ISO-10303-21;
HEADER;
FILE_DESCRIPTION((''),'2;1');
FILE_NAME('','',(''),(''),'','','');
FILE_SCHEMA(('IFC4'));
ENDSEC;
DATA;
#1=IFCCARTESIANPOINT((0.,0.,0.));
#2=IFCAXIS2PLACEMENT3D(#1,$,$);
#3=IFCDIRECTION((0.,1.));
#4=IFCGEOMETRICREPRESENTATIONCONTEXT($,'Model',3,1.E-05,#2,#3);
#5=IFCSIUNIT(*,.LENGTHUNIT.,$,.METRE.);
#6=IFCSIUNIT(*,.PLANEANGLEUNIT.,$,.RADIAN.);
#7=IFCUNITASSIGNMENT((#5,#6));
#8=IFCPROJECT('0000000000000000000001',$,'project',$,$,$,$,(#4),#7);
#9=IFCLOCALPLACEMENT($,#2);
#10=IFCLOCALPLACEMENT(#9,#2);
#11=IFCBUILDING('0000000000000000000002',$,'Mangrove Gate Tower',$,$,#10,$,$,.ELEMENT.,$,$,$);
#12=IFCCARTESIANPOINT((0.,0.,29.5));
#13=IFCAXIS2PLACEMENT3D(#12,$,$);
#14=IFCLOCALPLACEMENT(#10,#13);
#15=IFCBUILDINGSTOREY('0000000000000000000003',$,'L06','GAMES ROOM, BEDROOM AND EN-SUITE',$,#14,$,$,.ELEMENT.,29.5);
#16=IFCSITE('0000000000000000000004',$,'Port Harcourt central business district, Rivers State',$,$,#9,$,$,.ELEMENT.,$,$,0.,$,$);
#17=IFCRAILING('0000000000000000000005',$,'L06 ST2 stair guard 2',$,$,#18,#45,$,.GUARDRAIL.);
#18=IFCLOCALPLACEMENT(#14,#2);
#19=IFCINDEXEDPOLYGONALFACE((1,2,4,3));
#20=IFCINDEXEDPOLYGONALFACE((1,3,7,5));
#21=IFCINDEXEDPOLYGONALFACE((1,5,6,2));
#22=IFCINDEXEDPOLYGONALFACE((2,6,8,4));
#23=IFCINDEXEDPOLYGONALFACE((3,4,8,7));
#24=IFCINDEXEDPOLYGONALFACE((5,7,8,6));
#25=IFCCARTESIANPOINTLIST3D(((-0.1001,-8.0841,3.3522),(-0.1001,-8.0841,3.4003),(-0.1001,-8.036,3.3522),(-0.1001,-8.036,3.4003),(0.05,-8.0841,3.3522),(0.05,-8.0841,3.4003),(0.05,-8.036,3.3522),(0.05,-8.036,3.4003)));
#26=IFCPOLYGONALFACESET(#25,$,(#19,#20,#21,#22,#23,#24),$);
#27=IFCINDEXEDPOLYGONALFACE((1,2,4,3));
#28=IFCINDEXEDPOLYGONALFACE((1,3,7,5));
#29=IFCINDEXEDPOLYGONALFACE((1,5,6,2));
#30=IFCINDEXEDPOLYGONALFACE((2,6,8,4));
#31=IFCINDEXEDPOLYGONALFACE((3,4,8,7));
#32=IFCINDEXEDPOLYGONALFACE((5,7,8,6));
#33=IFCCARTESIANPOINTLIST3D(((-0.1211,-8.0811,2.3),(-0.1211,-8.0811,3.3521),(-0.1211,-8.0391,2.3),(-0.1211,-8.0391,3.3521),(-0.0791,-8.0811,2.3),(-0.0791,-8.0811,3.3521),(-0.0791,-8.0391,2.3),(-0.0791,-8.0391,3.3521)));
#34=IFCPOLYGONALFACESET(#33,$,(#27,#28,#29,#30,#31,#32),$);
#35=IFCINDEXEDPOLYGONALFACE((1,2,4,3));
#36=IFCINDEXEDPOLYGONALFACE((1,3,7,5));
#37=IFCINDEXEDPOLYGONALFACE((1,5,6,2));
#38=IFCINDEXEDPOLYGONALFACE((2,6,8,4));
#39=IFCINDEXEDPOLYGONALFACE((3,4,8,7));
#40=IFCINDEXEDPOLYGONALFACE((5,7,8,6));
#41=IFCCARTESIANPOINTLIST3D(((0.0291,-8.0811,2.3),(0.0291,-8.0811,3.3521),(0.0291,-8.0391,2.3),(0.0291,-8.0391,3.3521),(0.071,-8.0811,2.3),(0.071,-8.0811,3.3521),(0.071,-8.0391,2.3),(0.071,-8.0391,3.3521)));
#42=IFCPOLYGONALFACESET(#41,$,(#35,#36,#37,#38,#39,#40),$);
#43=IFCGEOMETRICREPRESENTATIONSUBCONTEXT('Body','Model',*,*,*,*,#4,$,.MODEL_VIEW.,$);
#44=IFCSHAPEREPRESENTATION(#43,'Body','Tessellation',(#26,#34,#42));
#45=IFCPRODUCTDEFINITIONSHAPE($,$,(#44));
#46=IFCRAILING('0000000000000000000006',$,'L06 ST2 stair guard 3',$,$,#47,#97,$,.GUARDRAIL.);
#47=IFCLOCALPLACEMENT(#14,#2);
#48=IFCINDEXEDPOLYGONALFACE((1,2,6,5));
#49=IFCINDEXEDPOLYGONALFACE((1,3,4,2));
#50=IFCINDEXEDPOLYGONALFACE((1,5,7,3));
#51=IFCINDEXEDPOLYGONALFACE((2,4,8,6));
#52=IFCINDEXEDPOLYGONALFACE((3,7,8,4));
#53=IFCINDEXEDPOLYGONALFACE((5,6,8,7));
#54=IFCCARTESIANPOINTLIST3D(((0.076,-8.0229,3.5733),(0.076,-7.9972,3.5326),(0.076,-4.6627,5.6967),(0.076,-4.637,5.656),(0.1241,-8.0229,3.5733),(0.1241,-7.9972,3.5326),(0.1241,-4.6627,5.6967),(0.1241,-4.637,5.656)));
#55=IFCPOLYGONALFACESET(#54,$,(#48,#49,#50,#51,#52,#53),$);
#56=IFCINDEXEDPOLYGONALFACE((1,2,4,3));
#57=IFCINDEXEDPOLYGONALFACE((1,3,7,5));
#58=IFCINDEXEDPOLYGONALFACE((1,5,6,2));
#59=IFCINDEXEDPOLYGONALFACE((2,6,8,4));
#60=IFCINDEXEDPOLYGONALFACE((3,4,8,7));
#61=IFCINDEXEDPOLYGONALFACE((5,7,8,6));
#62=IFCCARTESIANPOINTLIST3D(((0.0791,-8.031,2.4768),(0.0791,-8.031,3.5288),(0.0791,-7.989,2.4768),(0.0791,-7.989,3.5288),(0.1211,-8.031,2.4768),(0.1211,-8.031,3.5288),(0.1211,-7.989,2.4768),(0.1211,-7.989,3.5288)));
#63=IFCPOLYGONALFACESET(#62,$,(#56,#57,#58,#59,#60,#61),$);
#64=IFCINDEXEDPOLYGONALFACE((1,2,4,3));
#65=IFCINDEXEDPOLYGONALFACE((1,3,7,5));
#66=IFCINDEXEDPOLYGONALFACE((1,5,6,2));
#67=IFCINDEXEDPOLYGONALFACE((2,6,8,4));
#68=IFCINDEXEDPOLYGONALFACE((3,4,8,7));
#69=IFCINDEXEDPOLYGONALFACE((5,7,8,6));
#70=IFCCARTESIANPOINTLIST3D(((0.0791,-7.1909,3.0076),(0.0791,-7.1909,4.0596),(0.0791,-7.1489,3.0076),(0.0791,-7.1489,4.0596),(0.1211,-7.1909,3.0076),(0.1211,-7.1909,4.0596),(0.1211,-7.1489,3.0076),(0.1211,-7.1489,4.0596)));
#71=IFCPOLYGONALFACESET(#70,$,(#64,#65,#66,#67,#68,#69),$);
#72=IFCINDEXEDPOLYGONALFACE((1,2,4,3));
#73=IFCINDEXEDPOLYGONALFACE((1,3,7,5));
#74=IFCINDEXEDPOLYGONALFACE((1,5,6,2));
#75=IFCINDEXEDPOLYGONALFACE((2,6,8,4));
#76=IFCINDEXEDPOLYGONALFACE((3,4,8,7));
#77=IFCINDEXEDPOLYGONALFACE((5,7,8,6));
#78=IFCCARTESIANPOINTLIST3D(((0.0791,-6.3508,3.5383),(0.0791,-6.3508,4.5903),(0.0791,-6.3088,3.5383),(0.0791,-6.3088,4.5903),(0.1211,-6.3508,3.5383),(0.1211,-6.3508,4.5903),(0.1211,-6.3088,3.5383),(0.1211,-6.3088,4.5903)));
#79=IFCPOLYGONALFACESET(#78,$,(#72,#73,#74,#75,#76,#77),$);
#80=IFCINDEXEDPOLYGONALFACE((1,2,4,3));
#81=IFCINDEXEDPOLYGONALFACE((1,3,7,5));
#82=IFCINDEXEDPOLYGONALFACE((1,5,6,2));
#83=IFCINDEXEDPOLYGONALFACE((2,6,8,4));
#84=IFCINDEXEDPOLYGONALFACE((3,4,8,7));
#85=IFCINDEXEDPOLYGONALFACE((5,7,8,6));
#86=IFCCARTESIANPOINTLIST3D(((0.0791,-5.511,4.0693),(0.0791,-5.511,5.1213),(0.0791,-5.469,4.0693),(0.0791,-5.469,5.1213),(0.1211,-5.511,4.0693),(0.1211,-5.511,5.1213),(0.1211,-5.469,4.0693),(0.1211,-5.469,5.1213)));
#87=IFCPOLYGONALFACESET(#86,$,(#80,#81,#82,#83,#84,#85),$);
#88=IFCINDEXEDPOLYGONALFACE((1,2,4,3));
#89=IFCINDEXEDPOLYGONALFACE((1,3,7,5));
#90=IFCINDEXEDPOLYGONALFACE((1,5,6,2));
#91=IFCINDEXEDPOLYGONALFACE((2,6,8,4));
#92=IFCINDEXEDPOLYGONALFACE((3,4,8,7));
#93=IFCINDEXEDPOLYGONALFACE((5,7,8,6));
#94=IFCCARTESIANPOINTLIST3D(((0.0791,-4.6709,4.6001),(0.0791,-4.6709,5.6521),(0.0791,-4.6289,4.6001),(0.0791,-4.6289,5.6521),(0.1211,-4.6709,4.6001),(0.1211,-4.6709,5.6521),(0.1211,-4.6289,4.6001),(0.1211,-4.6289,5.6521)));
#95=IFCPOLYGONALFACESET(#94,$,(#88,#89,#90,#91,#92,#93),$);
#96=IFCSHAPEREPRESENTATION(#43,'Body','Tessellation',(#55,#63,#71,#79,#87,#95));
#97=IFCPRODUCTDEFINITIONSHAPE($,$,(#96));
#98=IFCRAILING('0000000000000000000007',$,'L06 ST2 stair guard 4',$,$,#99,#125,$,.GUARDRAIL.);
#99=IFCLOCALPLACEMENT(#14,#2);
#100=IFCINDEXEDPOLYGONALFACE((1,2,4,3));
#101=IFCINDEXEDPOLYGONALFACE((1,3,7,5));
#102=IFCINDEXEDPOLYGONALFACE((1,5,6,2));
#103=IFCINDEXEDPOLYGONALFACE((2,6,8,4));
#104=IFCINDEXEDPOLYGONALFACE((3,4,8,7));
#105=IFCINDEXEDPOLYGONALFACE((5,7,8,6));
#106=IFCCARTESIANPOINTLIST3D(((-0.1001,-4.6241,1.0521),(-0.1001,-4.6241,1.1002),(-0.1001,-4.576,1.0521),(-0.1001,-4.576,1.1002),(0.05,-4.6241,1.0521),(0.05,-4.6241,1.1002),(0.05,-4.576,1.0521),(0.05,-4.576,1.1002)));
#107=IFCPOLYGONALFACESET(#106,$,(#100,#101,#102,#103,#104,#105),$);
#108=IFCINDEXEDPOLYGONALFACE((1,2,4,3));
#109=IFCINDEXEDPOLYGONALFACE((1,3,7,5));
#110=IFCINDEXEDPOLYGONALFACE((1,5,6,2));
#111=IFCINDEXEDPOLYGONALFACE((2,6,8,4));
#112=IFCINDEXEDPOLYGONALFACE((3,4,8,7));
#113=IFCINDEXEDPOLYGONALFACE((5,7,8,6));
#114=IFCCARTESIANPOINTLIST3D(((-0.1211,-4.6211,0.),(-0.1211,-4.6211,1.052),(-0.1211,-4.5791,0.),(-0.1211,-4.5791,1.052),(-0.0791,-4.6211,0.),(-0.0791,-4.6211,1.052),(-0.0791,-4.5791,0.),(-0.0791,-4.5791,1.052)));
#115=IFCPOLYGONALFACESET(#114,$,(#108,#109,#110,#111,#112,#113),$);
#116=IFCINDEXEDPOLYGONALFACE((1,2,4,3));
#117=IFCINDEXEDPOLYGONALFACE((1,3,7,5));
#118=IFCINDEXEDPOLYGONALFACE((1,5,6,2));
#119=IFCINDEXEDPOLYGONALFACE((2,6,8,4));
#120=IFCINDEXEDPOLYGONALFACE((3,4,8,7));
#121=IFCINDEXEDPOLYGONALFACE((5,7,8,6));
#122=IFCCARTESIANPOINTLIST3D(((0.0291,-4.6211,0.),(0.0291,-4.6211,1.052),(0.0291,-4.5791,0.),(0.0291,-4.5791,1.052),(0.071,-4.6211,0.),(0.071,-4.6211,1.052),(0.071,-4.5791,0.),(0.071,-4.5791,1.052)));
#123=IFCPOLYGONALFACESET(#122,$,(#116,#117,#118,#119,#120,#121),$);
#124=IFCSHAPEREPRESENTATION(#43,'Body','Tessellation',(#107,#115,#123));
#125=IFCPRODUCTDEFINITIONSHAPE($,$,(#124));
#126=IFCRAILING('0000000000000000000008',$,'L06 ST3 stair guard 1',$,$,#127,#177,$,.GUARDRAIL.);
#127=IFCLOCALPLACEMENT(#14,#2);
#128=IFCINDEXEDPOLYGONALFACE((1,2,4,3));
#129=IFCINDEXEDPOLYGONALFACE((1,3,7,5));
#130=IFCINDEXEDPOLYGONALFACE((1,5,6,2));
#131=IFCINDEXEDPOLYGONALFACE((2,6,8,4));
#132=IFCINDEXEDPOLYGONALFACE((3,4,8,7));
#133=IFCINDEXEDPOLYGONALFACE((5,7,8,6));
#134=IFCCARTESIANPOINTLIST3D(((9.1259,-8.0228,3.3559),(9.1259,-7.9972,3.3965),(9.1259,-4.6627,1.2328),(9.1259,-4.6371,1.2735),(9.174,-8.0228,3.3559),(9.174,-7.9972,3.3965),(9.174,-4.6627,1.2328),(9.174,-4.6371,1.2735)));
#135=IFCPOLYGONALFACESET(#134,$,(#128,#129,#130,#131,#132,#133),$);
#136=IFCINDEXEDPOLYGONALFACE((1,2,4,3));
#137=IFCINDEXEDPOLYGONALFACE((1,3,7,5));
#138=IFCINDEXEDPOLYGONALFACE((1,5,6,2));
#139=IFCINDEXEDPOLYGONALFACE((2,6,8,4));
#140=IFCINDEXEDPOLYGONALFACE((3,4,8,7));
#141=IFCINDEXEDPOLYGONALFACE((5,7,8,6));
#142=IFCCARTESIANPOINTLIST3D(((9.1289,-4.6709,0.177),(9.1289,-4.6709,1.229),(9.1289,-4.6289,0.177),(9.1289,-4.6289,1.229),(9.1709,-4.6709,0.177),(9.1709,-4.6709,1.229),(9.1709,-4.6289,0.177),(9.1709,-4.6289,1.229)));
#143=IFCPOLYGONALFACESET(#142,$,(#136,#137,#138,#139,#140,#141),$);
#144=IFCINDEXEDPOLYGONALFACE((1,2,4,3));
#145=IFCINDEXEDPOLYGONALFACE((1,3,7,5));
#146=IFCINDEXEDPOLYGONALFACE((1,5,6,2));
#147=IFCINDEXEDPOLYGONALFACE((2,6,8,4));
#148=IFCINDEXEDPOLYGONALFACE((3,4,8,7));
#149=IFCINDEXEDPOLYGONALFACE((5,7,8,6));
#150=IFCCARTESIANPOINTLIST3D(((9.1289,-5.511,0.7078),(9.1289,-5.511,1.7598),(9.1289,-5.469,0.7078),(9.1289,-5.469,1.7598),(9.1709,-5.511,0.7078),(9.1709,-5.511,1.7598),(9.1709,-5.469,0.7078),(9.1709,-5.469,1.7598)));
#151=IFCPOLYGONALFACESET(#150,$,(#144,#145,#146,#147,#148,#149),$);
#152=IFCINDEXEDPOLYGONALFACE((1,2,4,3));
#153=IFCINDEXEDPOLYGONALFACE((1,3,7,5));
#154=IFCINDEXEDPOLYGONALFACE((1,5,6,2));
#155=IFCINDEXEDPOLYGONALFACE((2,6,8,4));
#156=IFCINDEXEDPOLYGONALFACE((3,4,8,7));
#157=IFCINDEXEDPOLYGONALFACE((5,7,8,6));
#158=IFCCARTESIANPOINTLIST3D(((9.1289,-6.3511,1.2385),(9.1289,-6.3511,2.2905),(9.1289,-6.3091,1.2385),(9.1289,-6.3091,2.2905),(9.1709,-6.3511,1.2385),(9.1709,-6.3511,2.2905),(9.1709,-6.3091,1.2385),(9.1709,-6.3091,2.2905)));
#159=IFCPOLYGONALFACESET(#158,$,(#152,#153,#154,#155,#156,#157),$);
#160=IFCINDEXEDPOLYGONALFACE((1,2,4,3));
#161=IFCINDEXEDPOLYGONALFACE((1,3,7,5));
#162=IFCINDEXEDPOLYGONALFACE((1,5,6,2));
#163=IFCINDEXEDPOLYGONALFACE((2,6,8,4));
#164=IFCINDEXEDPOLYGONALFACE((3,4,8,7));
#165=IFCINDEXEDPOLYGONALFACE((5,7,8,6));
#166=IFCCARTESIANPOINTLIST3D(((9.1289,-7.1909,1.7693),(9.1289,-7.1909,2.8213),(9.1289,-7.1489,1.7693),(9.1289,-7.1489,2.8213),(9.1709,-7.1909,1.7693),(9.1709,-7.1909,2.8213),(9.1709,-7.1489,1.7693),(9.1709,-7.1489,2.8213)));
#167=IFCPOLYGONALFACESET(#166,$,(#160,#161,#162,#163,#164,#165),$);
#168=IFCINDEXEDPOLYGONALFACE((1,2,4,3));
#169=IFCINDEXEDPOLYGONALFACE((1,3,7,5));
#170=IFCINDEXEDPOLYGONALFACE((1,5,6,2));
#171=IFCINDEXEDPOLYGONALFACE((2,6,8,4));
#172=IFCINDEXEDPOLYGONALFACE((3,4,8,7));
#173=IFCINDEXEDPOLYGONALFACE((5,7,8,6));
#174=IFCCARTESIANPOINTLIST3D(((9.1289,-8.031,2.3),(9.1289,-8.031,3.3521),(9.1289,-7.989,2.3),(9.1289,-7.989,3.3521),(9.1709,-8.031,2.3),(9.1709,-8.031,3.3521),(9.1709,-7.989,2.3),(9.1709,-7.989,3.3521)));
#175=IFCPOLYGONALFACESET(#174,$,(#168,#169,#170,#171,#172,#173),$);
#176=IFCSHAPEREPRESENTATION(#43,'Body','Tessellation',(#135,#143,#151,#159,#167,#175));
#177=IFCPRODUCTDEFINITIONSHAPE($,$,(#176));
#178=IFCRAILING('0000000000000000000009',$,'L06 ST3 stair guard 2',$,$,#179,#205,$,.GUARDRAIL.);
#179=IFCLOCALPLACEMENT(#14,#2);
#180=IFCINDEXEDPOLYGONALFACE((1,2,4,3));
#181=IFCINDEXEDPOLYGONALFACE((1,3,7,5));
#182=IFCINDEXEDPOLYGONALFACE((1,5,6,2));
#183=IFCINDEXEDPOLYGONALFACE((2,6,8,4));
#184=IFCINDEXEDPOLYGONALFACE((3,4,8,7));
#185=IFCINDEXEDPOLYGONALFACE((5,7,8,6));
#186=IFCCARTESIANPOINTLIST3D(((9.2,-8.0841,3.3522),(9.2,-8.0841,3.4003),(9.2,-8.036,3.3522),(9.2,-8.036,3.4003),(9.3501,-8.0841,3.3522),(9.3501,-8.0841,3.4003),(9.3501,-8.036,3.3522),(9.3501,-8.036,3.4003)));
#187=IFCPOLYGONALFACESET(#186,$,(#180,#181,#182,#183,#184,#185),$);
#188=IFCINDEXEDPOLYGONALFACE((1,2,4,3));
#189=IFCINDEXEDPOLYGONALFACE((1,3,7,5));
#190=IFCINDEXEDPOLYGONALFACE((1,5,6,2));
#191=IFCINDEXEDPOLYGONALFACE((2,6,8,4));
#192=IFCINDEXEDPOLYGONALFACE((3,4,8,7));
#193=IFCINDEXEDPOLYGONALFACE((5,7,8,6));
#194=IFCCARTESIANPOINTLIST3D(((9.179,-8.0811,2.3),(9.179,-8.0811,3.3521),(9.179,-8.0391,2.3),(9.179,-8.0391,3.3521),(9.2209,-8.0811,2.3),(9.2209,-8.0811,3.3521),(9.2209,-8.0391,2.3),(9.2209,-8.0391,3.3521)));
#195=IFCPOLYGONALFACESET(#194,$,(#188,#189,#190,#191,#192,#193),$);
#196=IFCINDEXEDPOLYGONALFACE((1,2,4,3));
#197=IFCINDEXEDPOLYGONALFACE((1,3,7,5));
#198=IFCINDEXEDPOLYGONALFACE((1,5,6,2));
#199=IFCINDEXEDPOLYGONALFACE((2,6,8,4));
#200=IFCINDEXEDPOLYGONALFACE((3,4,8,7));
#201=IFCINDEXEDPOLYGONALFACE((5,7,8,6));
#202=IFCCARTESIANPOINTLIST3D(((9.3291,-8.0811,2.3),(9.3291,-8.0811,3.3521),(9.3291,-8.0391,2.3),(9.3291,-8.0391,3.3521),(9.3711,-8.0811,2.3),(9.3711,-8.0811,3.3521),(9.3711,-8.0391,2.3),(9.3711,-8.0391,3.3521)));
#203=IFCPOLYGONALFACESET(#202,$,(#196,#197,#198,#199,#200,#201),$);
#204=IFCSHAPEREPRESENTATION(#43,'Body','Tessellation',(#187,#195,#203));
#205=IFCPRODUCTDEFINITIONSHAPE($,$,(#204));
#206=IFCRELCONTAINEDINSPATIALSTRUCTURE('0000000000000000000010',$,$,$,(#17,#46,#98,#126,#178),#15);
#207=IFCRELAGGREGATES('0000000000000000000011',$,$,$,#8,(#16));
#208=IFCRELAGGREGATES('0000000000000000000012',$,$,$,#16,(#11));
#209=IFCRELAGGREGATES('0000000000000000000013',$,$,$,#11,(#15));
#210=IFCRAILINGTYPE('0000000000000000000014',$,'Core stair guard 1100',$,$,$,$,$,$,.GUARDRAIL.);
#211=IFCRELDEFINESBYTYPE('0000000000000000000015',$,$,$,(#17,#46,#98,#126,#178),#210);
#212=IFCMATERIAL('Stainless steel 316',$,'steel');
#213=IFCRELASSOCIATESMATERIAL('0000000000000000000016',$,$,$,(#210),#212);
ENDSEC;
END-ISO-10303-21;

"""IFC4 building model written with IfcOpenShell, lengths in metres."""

from ifc_helpers import new_model, si_unit, direction, frame, origin, origin_2d, place, context, subcontext, project, spatial, rectangle, extrude, material, type_object, element, save


model = new_model("IFC4")

# Units and contexts
model_context = context("Model", 3, precision=1e-05, world=origin(), true_north=direction((0.0, 1.0)))
body_context = subcontext(model_context, "Body", "Model", "MODEL_VIEW")
ifc_project = project(units=[si_unit("LENGTHUNIT", "METRE"), si_unit("PLANEANGLEUNIT", "RADIAN")], contexts=[model_context])

# Site, building, storey
site_placement = place(None, origin())
site = spatial("IfcSite", under=ifc_project, at=site_placement, Name="Port Harcourt central business district, Rivers State", CompositionType="ELEMENT", RefElevation=0.0)
building_placement = place(site_placement, origin())
building = spatial("IfcBuilding", under=site, at=building_placement, Name="Mangrove Gate Tower", CompositionType="ELEMENT")
storey_placement = place(building_placement, frame((0.0, 0.0, 29.5)))
storey = spatial("IfcBuildingStorey", under=building, at=storey_placement, Name="L06", Description="GAMES ROOM, BEDROOM AND EN-SUITE", CompositionType="ELEMENT", Elevation=29.5)

# Railings
ifc_material_1 = material(Name="Stainless steel 316", Category="steel")
railing_type_1 = type_object("IfcRailingType", Name="Core stair guard 1100", PredefinedType="GUARDRAIL", material=ifc_material_1)
railing_1_placement = place(storey_placement, frame((-0.1001, -8.0601, 2.3)))
element("IfcRailing", 1, at=railing_1_placement, inside=storey, type_object=railing_type_1, Name="L06 ST2 stair guard 2", PredefinedType="GUARDRAIL", context=body_context, shape_type="SweptSolid", body=[
    extrude(rectangle(XDim=0.0481, YDim=0.0481, at=origin_2d()), frame((0.0, 0.0, 1.0762), z_axis=(1.0, 0.0, 0.0), x_axis=(0.0, 1.0, 0.0)), (0.0, 0.0, 1.0), 0.1501),
    extrude(rectangle(XDim=0.042, YDim=0.042, at=origin_2d()), origin(), (0.0, 0.0, 1.0), 1.052),
    extrude(rectangle(XDim=0.042, YDim=0.042, at=origin_2d()), frame((0.1501, 0.0, 0.0)), (0.0, 0.0, 1.0), 1.052),
])
railing_2_placement = place(storey_placement, frame((0.1001, -8.01, 2.4768)))
element("IfcRailing", 2, at=railing_2_placement, inside=storey, type_object=railing_type_1, Name="L06 ST2 stair guard 3", PredefinedType="GUARDRAIL", context=body_context, shape_type="SweptSolid", body=[
    extrude(rectangle(XDim=0.0481, YDim=0.0481, at=origin_2d()), frame((0.0, 0.0, 1.0762), z_axis=(0.0, 0.845362, 0.534194), x_axis=(-1.0, 0.0, 0.0)), (0.0, 0.0, 1.0), 3.9749),
    extrude(rectangle(XDim=0.042, YDim=0.042, at=origin_2d()), origin(), (0.0, 0.0, 1.0), 1.052),
    extrude(rectangle(XDim=0.042, YDim=0.042, at=origin_2d()), frame((0.0, 0.8401, 0.5308)), (0.0, 0.0, 1.0), 1.052),
    extrude(rectangle(XDim=0.042, YDim=0.042, at=origin_2d()), frame((0.0, 1.6802, 1.0615)), (0.0, 0.0, 1.0), 1.052),
    extrude(rectangle(XDim=0.042, YDim=0.042, at=origin_2d()), frame((0.0, 2.52, 1.5925)), (0.0, 0.0, 1.0), 1.052),
    extrude(rectangle(XDim=0.042, YDim=0.042, at=origin_2d()), frame((0.0, 3.3601, 2.1233)), (0.0, 0.0, 1.0), 1.052),
])
railing_3_placement = place(storey_placement, frame((-0.1001, -4.6001, 0.0)))
element("IfcRailing", 3, at=railing_3_placement, inside=storey, type_object=railing_type_1, Name="L06 ST2 stair guard 4", PredefinedType="GUARDRAIL", context=body_context, shape_type="SweptSolid", body=[
    extrude(rectangle(XDim=0.0481, YDim=0.0481, at=origin_2d()), frame((0.0, 0.0, 1.0762), z_axis=(1.0, 0.0, 0.0), x_axis=(0.0, 1.0, 0.0)), (0.0, 0.0, 1.0), 0.1501),
    extrude(rectangle(XDim=0.042, YDim=0.042, at=origin_2d()), origin(), (0.0, 0.0, 1.0), 1.052),
    extrude(rectangle(XDim=0.042, YDim=0.042, at=origin_2d()), frame((0.1501, 0.0, 0.0)), (0.0, 0.0, 1.0), 1.052),
])
railing_4_placement = place(storey_placement, frame((9.1499, -4.6499, 0.177)))
element("IfcRailing", 4, at=railing_4_placement, inside=storey, type_object=railing_type_1, Name="L06 ST3 stair guard 1", PredefinedType="GUARDRAIL", context=body_context, shape_type="SweptSolid", body=[
    extrude(rectangle(XDim=0.0481, YDim=0.0481, at=origin_2d()), frame((0.0, 0.0, 1.0762), z_axis=(0.0, -0.84539, 0.53415), x_axis=(1.0, 0.0, 0.0)), (0.0, 0.0, 1.0), 3.9746),
    extrude(rectangle(XDim=0.042, YDim=0.042, at=origin_2d()), origin(), (0.0, 0.0, 1.0), 1.052),
    extrude(rectangle(XDim=0.042, YDim=0.042, at=origin_2d()), frame((0.0, -0.8401, 0.5308)), (0.0, 0.0, 1.0), 1.052),
    extrude(rectangle(XDim=0.042, YDim=0.042, at=origin_2d()), frame((0.0, -1.6802, 1.0615)), (0.0, 0.0, 1.0), 1.052),
    extrude(rectangle(XDim=0.042, YDim=0.042, at=origin_2d()), frame((0.0, -2.52, 1.5923)), (0.0, 0.0, 1.0), 1.052),
    extrude(rectangle(XDim=0.042, YDim=0.042, at=origin_2d()), frame((0.0, -3.3601, 2.123)), (0.0, 0.0, 1.0), 1.052),
])
railing_5_placement = place(storey_placement, frame((9.2, -8.0601, 2.3)))
element("IfcRailing", 5, at=railing_5_placement, inside=storey, type_object=railing_type_1, Name="L06 ST3 stair guard 2", PredefinedType="GUARDRAIL", context=body_context, shape_type="SweptSolid", body=[
    extrude(rectangle(XDim=0.0481, YDim=0.0481, at=origin_2d()), frame((0.0, 0.0, 1.0762), z_axis=(1.0, 0.0, 0.0), x_axis=(0.0, 1.0, 0.0)), (0.0, 0.0, 1.0), 0.1501),
    extrude(rectangle(XDim=0.042, YDim=0.042, at=origin_2d()), origin(), (0.0, 0.0, 1.0), 1.052),
    extrude(rectangle(XDim=0.042, YDim=0.042, at=origin_2d()), frame((0.1501, 0.0, 0.0)), (0.0, 0.0, 1.0), 1.052),
])

save(model, "model.ifc")
